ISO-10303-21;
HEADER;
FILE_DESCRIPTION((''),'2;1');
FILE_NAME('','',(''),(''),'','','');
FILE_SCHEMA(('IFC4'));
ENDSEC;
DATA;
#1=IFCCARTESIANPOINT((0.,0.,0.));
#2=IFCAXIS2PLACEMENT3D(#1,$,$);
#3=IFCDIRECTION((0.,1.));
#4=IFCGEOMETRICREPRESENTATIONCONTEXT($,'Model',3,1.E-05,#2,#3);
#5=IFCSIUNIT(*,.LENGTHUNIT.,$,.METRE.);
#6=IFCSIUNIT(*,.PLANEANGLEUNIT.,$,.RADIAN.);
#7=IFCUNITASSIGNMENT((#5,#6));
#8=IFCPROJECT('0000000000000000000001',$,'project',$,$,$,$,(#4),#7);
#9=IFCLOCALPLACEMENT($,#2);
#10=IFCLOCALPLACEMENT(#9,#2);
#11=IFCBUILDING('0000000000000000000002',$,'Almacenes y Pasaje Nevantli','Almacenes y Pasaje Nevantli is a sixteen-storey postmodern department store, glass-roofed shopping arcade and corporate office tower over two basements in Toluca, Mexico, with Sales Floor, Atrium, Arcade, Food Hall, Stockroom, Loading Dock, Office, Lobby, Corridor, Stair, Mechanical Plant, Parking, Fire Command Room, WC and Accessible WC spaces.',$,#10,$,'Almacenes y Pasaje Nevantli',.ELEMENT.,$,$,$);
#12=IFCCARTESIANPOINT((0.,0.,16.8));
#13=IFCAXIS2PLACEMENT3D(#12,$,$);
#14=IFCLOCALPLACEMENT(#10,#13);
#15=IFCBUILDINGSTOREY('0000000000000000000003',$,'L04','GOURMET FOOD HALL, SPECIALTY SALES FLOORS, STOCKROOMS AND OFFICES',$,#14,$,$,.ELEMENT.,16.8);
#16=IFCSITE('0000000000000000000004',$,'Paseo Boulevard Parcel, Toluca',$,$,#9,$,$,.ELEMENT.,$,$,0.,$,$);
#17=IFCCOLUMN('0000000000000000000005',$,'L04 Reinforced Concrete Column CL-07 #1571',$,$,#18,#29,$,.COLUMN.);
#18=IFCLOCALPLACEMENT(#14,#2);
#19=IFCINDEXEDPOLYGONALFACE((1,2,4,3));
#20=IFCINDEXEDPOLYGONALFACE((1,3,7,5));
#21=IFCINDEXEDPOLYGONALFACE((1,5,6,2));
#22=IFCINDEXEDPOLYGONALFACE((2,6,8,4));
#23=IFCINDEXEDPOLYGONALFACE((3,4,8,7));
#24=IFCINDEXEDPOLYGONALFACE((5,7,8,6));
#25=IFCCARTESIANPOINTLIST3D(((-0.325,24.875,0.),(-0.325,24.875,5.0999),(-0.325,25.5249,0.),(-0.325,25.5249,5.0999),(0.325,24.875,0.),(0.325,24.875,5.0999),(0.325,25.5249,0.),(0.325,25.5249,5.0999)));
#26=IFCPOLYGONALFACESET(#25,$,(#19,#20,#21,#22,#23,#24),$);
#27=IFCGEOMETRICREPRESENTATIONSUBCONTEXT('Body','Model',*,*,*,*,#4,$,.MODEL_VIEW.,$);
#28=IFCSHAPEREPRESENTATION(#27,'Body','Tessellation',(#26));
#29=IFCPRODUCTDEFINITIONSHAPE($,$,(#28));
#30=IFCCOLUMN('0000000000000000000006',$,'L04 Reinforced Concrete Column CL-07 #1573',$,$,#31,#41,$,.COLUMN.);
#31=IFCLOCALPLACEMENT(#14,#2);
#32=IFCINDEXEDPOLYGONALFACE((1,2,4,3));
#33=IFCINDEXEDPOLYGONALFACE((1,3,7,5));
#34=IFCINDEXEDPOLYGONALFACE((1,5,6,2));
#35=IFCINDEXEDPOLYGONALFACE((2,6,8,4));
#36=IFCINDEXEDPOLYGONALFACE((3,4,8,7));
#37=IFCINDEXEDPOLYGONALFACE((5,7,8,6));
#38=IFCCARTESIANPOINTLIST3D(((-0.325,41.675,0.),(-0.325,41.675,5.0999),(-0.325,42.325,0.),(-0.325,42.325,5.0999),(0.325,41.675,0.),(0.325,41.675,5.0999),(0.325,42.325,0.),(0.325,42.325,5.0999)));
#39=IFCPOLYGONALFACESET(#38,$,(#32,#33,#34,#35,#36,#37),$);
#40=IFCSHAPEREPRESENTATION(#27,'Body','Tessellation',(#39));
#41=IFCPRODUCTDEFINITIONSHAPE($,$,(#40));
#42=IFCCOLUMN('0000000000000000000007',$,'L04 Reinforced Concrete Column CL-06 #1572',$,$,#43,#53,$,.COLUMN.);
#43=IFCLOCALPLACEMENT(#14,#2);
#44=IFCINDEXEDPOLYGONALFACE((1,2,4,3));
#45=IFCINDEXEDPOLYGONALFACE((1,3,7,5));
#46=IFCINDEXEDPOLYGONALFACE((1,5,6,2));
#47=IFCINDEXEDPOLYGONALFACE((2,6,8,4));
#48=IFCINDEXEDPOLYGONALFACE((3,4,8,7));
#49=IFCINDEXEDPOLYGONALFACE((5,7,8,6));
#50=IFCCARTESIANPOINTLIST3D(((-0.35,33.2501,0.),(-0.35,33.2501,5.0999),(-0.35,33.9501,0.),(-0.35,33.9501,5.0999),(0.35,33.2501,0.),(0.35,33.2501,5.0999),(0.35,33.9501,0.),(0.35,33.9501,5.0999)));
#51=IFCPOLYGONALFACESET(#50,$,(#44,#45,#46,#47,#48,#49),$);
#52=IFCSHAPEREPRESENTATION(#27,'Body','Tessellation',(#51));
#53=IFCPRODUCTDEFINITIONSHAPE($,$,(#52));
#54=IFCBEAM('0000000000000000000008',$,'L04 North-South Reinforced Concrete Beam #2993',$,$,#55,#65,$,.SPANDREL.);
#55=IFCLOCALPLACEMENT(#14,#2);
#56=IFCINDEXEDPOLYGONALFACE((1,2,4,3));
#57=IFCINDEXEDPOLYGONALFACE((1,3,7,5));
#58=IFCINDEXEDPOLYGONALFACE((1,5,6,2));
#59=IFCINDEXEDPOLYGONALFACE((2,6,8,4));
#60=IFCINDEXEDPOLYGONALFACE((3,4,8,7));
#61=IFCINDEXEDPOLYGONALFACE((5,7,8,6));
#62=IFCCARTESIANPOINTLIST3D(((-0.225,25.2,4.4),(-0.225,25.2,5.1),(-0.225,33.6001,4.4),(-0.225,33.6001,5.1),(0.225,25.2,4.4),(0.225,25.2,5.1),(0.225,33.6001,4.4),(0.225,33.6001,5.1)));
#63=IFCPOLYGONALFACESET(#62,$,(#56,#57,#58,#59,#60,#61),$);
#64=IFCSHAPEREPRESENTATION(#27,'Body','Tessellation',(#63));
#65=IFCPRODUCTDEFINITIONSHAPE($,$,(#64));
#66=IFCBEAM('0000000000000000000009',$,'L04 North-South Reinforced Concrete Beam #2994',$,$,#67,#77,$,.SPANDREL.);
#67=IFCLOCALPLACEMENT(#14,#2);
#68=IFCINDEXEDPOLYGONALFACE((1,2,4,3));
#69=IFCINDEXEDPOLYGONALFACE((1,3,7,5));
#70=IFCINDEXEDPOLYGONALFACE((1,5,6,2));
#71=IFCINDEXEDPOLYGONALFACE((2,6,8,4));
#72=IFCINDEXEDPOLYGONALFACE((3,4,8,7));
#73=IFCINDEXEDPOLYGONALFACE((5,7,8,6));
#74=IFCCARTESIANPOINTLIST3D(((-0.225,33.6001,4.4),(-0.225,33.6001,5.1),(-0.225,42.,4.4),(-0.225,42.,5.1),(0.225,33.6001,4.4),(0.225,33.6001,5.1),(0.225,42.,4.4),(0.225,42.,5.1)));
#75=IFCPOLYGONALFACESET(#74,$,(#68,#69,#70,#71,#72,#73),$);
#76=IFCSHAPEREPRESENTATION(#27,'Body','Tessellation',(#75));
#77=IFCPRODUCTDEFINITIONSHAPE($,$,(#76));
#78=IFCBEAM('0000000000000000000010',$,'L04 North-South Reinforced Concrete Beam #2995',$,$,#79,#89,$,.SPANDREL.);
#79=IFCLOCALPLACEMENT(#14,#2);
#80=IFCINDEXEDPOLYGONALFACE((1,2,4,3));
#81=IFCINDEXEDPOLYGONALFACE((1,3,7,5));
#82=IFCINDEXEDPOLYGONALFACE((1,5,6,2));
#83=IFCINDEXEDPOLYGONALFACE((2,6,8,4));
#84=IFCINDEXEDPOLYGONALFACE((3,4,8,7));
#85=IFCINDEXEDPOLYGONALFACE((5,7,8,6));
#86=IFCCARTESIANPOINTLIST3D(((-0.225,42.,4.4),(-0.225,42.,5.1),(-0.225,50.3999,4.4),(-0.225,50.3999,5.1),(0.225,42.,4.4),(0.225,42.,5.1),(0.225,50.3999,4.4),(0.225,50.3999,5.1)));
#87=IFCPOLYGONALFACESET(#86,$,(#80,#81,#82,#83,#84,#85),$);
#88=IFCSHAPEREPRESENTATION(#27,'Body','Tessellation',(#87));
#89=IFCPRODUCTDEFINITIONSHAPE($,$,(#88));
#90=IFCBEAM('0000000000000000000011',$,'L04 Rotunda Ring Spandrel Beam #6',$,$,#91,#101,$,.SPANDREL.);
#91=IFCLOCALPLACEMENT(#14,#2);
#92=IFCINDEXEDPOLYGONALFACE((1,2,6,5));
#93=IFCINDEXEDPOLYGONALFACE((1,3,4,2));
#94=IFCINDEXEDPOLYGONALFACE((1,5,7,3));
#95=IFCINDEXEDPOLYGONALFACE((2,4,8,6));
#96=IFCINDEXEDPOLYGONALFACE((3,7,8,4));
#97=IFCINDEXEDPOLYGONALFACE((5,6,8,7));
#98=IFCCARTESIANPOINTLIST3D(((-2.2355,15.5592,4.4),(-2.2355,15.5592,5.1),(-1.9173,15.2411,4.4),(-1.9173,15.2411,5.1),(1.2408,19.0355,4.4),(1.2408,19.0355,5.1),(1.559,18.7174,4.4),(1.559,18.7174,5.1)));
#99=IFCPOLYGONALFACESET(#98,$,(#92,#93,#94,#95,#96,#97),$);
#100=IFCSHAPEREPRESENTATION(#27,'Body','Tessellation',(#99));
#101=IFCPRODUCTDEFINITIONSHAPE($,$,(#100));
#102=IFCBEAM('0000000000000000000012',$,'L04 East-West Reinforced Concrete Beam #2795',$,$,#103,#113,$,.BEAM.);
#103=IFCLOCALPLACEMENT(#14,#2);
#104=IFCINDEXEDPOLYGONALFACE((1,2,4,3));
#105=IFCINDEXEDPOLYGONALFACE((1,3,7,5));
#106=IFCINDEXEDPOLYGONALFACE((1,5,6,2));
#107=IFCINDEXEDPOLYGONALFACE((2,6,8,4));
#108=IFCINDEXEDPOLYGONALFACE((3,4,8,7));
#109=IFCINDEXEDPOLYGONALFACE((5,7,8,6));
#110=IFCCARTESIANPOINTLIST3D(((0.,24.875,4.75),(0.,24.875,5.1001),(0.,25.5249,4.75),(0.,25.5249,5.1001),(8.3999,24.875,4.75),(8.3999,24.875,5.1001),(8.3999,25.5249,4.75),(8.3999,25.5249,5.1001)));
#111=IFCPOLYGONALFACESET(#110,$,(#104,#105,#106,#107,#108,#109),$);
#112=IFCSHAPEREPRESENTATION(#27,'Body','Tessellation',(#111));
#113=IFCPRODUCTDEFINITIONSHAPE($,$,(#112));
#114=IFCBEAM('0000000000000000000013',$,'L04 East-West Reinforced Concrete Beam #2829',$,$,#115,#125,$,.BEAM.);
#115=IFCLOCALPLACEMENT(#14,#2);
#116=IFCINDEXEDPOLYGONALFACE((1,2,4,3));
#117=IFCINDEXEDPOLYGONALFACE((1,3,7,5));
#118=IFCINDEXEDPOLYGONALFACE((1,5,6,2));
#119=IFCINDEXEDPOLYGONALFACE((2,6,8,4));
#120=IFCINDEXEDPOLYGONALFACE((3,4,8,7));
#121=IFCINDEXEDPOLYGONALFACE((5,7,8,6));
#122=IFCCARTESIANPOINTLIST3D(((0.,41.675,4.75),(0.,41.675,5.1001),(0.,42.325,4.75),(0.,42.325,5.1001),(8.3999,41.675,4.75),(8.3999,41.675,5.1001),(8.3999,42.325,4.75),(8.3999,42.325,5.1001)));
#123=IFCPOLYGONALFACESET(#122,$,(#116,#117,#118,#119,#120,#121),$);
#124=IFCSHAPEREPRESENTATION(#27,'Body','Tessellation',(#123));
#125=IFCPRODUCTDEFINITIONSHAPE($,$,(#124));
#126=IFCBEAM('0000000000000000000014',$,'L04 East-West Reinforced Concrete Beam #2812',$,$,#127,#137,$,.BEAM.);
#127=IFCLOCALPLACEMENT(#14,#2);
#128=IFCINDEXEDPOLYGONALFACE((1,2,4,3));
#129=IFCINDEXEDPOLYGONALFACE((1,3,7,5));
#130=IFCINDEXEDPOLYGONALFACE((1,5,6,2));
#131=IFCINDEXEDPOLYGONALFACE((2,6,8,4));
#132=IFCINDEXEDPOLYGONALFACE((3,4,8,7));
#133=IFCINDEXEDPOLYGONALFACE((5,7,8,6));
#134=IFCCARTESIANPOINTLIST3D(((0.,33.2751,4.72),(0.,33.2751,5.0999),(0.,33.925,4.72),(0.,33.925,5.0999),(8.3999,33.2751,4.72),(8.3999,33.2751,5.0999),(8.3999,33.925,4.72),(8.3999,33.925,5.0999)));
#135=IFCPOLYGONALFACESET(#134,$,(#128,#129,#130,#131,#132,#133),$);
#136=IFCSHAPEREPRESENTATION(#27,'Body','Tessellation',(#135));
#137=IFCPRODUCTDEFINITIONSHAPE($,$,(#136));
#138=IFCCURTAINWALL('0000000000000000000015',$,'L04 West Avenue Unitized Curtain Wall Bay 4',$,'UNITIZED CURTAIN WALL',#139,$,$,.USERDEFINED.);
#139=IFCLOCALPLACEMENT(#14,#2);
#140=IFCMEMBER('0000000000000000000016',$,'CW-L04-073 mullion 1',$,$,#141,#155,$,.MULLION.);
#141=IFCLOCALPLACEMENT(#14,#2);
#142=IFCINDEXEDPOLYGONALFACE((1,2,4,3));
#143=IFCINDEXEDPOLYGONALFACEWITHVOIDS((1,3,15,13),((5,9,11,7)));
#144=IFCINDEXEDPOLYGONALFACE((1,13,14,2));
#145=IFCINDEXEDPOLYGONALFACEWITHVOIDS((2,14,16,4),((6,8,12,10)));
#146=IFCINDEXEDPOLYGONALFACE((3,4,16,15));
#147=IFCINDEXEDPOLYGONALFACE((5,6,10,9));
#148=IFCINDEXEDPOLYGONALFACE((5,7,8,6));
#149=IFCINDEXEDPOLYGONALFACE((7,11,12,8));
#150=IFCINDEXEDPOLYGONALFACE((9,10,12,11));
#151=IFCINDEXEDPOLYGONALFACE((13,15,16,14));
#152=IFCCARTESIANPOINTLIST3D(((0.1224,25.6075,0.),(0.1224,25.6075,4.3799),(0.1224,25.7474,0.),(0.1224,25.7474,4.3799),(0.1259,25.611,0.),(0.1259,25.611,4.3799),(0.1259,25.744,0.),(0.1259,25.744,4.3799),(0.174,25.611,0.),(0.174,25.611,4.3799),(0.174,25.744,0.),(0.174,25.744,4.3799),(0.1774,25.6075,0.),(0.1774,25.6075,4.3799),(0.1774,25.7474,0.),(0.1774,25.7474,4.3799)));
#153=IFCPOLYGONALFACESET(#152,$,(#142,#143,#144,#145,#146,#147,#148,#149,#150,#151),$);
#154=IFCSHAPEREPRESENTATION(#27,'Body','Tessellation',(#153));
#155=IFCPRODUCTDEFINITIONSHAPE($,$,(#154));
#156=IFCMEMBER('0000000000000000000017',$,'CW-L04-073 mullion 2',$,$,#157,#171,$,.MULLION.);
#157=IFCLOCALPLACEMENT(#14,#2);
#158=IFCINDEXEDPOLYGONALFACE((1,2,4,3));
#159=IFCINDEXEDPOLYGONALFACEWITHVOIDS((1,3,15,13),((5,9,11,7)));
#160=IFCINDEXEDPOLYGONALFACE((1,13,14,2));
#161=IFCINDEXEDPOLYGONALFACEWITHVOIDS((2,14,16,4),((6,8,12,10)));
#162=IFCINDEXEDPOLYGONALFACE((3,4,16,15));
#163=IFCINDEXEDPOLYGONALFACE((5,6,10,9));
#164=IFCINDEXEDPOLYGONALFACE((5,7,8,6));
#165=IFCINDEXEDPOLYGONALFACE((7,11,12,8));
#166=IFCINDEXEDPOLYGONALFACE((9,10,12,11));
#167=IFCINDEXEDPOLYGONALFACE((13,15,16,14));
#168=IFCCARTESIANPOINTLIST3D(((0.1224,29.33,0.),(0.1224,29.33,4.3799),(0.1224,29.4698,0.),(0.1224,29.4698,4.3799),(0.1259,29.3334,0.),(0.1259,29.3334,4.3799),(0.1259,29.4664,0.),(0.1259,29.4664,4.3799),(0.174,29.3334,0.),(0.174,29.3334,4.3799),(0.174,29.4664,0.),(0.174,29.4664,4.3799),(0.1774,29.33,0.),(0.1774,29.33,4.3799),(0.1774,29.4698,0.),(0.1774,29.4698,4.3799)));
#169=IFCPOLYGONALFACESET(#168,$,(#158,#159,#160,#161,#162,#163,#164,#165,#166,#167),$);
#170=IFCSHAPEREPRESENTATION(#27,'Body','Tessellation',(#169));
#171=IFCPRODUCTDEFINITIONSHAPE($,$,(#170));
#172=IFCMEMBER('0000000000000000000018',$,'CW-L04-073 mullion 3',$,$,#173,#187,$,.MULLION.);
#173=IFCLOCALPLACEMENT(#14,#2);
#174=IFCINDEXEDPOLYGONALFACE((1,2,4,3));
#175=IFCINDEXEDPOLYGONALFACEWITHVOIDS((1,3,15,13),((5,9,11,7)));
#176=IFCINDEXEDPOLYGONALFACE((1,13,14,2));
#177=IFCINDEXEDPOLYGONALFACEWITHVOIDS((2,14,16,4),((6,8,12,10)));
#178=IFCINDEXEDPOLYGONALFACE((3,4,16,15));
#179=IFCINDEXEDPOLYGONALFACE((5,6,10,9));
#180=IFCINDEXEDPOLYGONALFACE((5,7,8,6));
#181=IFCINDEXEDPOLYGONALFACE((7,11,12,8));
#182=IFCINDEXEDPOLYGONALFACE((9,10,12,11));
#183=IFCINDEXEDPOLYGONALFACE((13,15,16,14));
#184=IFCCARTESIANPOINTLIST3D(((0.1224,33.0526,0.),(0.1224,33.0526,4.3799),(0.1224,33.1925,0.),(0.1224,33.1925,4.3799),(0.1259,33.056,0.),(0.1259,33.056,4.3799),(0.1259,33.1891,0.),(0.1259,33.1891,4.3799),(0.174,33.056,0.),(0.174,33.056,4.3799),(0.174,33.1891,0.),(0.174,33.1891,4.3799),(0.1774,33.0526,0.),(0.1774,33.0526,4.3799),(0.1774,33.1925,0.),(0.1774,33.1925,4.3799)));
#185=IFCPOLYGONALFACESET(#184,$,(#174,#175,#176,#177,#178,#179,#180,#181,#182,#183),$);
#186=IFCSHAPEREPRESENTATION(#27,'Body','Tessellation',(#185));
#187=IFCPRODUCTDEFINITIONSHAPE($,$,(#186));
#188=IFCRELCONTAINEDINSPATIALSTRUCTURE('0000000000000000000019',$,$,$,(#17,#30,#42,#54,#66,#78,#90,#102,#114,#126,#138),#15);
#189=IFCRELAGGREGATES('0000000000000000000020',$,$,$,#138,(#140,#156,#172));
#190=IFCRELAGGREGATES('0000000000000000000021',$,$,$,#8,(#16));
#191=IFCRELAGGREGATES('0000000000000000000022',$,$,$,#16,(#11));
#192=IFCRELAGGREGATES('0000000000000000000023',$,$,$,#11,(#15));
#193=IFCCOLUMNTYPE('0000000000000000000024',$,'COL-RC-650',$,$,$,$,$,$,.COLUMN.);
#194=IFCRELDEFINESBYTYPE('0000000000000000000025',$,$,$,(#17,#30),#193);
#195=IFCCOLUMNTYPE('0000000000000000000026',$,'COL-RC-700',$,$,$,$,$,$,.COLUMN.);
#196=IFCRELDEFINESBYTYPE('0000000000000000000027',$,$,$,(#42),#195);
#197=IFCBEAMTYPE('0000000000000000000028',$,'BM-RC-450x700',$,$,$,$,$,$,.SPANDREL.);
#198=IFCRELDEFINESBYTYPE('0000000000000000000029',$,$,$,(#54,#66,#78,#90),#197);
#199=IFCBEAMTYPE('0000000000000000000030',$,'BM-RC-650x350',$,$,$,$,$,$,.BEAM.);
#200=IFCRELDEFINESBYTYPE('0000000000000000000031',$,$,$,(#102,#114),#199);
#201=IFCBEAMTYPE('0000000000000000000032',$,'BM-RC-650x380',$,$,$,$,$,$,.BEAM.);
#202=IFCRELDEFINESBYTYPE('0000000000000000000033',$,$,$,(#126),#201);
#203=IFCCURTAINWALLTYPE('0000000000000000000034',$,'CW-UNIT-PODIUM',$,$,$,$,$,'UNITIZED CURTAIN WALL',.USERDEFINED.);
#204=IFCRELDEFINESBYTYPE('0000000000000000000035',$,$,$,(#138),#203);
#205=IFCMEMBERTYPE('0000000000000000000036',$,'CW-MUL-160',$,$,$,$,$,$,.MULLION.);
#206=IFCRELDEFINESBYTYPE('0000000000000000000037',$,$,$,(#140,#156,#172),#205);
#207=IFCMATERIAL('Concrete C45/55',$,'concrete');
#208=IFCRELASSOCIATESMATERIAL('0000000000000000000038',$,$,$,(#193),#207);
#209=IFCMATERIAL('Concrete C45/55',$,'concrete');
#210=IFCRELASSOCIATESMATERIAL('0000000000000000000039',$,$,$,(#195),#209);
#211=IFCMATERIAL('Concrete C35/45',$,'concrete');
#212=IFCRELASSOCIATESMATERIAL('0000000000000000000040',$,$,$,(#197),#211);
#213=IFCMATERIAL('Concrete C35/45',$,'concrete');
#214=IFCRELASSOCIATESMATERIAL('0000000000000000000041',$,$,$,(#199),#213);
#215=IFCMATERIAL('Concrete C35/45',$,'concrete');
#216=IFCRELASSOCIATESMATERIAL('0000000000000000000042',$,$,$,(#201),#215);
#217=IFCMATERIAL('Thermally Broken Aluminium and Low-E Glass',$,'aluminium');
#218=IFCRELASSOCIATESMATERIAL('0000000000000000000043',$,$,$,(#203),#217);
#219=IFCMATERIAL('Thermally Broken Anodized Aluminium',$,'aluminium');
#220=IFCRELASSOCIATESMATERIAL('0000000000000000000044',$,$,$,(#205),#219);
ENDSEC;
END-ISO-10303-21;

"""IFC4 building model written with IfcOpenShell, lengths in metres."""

from ifc_helpers import new_model, si_unit, direction, frame, origin, origin_2d, place, context, subcontext, project, spatial, rectangle, hollow_rectangle, extrude, material, material_profile, profile_set, type_object, element, aggregate, save


model = new_model("IFC4")

# Units and contexts
model_context = context("Model", 3, precision=1e-05, world=origin(), true_north=direction((0.0, 1.0)))
body_context = subcontext(model_context, "Body", "Model", "MODEL_VIEW")
ifc_project = project(units=[si_unit("LENGTHUNIT", "METRE"), si_unit("PLANEANGLEUNIT", "RADIAN")], contexts=[model_context])

# Site, building, storey
site_placement = place(None, origin())
site = spatial("IfcSite", under=ifc_project, at=site_placement, Name="Paseo Boulevard Parcel, Toluca", CompositionType="ELEMENT", RefElevation=0.0)
building_placement = place(site_placement, origin())
building = spatial("IfcBuilding", under=site, at=building_placement, Name="Almacenes y Pasaje Nevantli", Description="Almacenes y Pasaje Nevantli is a sixteen-storey postmodern department store, glass-roofed shopping arcade and corporate office tower over two basements in Toluca, Mexico, with Sales Floor, Atrium, Arcade, Food Hall, Stockroom, Loading Dock, Office, Lobby, Corridor, Stair, Mechanical Plant, Parking, Fire Command Room, WC and Accessible WC spaces.", LongName="Almacenes y Pasaje Nevantli", CompositionType="ELEMENT")
storey_placement = place(building_placement, frame((0.0, 0.0, 16.8)))
storey = spatial("IfcBuildingStorey", under=building, at=storey_placement, Name="L04", Description="GOURMET FOOD HALL, SPECIALTY SALES FLOORS, STOCKROOMS AND OFFICES", CompositionType="ELEMENT", Elevation=16.8)

# Columns
ifc_material_1 = material(Name="Concrete C45/55", Category="concrete")
ifc_material_profile_1 = material_profile(ifc_material_1, rectangle(XDim=0.6499, YDim=0.6499, at=origin_2d()), Name="RC-COL-650x650")
ifc_profile_set_1 = profile_set([ifc_material_profile_1], Name="Concrete C45/55")
column_type_1 = type_object("IfcColumnType", Name="COL-RC-650", PredefinedType="COLUMN", material=ifc_profile_set_1)
for number, where, z_axis, x_axis, name in (
    (1, (0.0, 25.2, 0.0), (0.0, 0.0, 1.0), (1.0, 0.0, 0.0), "L04 Reinforced Concrete Column CL-07 #1571"),
    (2, (0.0, 42.0, 0.0), (0.0, 0.0, 1.0), (1.0, 0.0, 0.0), "L04 Reinforced Concrete Column CL-07 #1573"),
):
    element("IfcColumn", number, at=place(storey_placement, frame(where, z_axis=z_axis, x_axis=x_axis)), inside=storey, type_object=column_type_1, Name=name, PredefinedType="COLUMN", context=body_context, shape_type="SweptSolid", body=[
        extrude(rectangle(XDim=0.6499, YDim=0.6499, at=origin_2d()), origin(), (0.0, 0.0, 1.0), 5.0999),
    ])
ifc_material_2 = material(Name="Concrete C45/55", Category="concrete")
ifc_material_profile_2 = material_profile(ifc_material_2, rectangle(XDim=0.7, YDim=0.7, at=origin_2d()), Name="RC-COL-700x700")
ifc_profile_set_2 = profile_set([ifc_material_profile_2], Name="Concrete C45/55")
column_type_2 = type_object("IfcColumnType", Name="COL-RC-700", PredefinedType="COLUMN", material=ifc_profile_set_2)
column_placement = place(storey_placement, frame((0.0, 33.6001, 0.0), z_axis=(0.0, 0.0, 1.0), x_axis=(1.0, 0.0, 0.0)))
element("IfcColumn", 3, at=column_placement, inside=storey, type_object=column_type_2, Name="L04 Reinforced Concrete Column CL-06 #1572", PredefinedType="COLUMN", context=body_context, shape_type="SweptSolid", body=[
    extrude(rectangle(XDim=0.7, YDim=0.7, at=origin_2d()), origin(), (0.0, 0.0, 1.0), 5.0999),
])

# Beams
ifc_material_3 = material(Name="Concrete C35/45", Category="concrete")
ifc_material_profile_3 = material_profile(ifc_material_3, rectangle(XDim=0.45, YDim=0.7, at=origin_2d()), Name="RC-BM-450x700")
ifc_profile_set_3 = profile_set([ifc_material_profile_3], Name="Concrete C35/45")
beam_type_1 = type_object("IfcBeamType", Name="BM-RC-450x700", PredefinedType="SPANDREL", material=ifc_profile_set_3)
beam_1_placement = place(storey_placement, frame((0.0, 25.2, 4.75), z_axis=(0.0, 1.0, 0.0), x_axis=(-1.0, 0.0, 0.0)))
element("IfcBeam", 4, at=beam_1_placement, inside=storey, type_object=beam_type_1, Name="L04 North-South Reinforced Concrete Beam #2993", PredefinedType="SPANDREL", context=body_context, shape_type="SweptSolid", body=[
    extrude(rectangle(XDim=0.45, YDim=0.7, at=origin_2d()), origin(), (0.0, 0.0, 1.0), 8.4001),
])
for number, where, z_axis, x_axis, name in (
    (5, (0.0, 33.6001, 4.75), (0.0, 1.0, 0.0), (-1.0, 0.0, 0.0), "L04 North-South Reinforced Concrete Beam #2994"),
    (6, (0.0, 42.0, 4.75), (0.0, 1.0, 0.0), (-1.0, 0.0, 0.0), "L04 North-South Reinforced Concrete Beam #2995"),
):
    element("IfcBeam", number, at=place(storey_placement, frame(where, z_axis=z_axis, x_axis=x_axis)), inside=storey, type_object=beam_type_1, Name=name, PredefinedType="SPANDREL", context=body_context, shape_type="SweptSolid", body=[
        extrude(rectangle(XDim=0.45, YDim=0.7, at=origin_2d()), origin(), (0.0, 0.0, 1.0), 8.3999),
    ])
beam_2_placement = place(storey_placement, frame((1.3999, 18.8765, 4.75), z_axis=(-0.707107, -0.707107, 0.0), x_axis=(0.707107, -0.707107, 0.0)))
element("IfcBeam", 7, at=beam_2_placement, inside=storey, type_object=beam_type_1, Name="L04 Rotunda Ring Spandrel Beam #6", PredefinedType="SPANDREL", context=body_context, shape_type="SweptSolid", body=[
    extrude(rectangle(XDim=0.45, YDim=0.7, at=origin_2d()), origin(), (0.0, 0.0, 1.0), 4.9163),
])
ifc_material_4 = material(Name="Concrete C35/45", Category="concrete")
ifc_material_profile_4 = material_profile(ifc_material_4, rectangle(XDim=0.6499, YDim=0.3501, at=origin_2d()), Name="RC-BM-650x350")
ifc_profile_set_4 = profile_set([ifc_material_profile_4], Name="Concrete C35/45")
beam_type_2 = type_object("IfcBeamType", Name="BM-RC-650x350", PredefinedType="BEAM", material=ifc_profile_set_4)
for number, where, z_axis, x_axis, name in (
    (8, (0.0, 25.2, 4.925), (1.0, 0.0, 0.0), (0.0, 1.0, 0.0), "L04 East-West Reinforced Concrete Beam #2795"),
    (9, (0.0, 42.0, 4.925), (1.0, 0.0, 0.0), (0.0, 1.0, 0.0), "L04 East-West Reinforced Concrete Beam #2829"),
):
    element("IfcBeam", number, at=place(storey_placement, frame(where, z_axis=z_axis, x_axis=x_axis)), inside=storey, type_object=beam_type_2, Name=name, PredefinedType="BEAM", context=body_context, shape_type="SweptSolid", body=[
        extrude(rectangle(XDim=0.6499, YDim=0.3501, at=origin_2d()), origin(), (0.0, 0.0, 1.0), 8.3999),
    ])
ifc_material_5 = material(Name="Concrete C35/45", Category="concrete")
ifc_material_profile_5 = material_profile(ifc_material_5, rectangle(XDim=0.6499, YDim=0.3799, at=origin_2d()), Name="RC-BM-650x380")
ifc_profile_set_5 = profile_set([ifc_material_profile_5], Name="Concrete C35/45")
beam_type_3 = type_object("IfcBeamType", Name="BM-RC-650x380", PredefinedType="BEAM", material=ifc_profile_set_5)
beam_3_placement = place(storey_placement, frame((0.0, 33.6001, 4.9099), z_axis=(1.0, 0.0, 0.0), x_axis=(0.0, 1.0, 0.0)))
element("IfcBeam", 10, at=beam_3_placement, inside=storey, type_object=beam_type_3, Name="L04 East-West Reinforced Concrete Beam #2812", PredefinedType="BEAM", context=body_context, shape_type="SweptSolid", body=[
    extrude(rectangle(XDim=0.6499, YDim=0.3799, at=origin_2d()), origin(), (0.0, 0.0, 1.0), 8.3999),
])

# Curtain wall, members
ifc_material_6 = material(Name="Thermally Broken Aluminium and Low-E Glass", Category="aluminium")
curtain_wall_type = type_object("IfcCurtainWallType", Name="CW-UNIT-PODIUM", ElementType="UNITIZED CURTAIN WALL", PredefinedType="USERDEFINED", material=ifc_material_6)
curtain_wall_placement = place(storey_placement, origin())
curtain_wall = element("IfcCurtainWall", 11, at=curtain_wall_placement, inside=storey, type_object=curtain_wall_type, Name="L04 West Avenue Unitized Curtain Wall Bay 4", ObjectType="UNITIZED CURTAIN WALL", PredefinedType="USERDEFINED")
ifc_material_7 = material(Name="Thermally Broken Anodized Aluminium", Category="aluminium")
ifc_material_profile_6 = material_profile(ifc_material_7, hollow_rectangle(XDim=0.0549, YDim=0.1399, WallThickness=0.0034, at=origin_2d()), Name="ALU-MUL-55x140")
ifc_profile_set_6 = profile_set([ifc_material_profile_6], Name="Thermally Broken Anodized Aluminium")
member_type_1 = type_object("IfcMemberType", Name="CW-MUL-160", PredefinedType="MULLION", material=ifc_profile_set_6)
member_1_placement = place(storey_placement, frame((0.1499, 25.6775, 0.0), z_axis=(0.0, 0.0, 1.0), x_axis=(-1.0, 0.0, 0.0)))
member_1 = element("IfcMember", 12, at=member_1_placement, type_object=member_type_1, Name="CW-L04-073 mullion 1", PredefinedType="MULLION", context=body_context, shape_type="SweptSolid", body=[
    extrude(hollow_rectangle(XDim=0.0549, YDim=0.1399, WallThickness=0.0034, at=origin_2d()), origin(), (0.0, 0.0, 1.0), 4.3799),
])
member_2_placement = place(storey_placement, frame((0.1499, 29.3999, 0.0), z_axis=(0.0, 0.0, 1.0), x_axis=(-1.0, 0.0, 0.0)))
member_2 = element("IfcMember", 13, at=member_2_placement, type_object=member_type_1, Name="CW-L04-073 mullion 2", PredefinedType="MULLION", context=body_context, shape_type="SweptSolid", body=[
    extrude(hollow_rectangle(XDim=0.0549, YDim=0.1399, WallThickness=0.0034, at=origin_2d()), origin(), (0.0, 0.0, 1.0), 4.3799),
])
member_3_placement = place(storey_placement, frame((0.1499, 33.1226, 0.0), z_axis=(0.0, 0.0, 1.0), x_axis=(-1.0, 0.0, 0.0)))
member_3 = element("IfcMember", 14, at=member_3_placement, type_object=member_type_1, Name="CW-L04-073 mullion 3", PredefinedType="MULLION", context=body_context, shape_type="SweptSolid", body=[
    extrude(hollow_rectangle(XDim=0.0549, YDim=0.1399, WallThickness=0.0034, at=origin_2d()), origin(), (0.0, 0.0, 1.0), 4.3799),
])
aggregate(curtain_wall, [member_1, member_2, member_3])

save(model, "model.ifc")
